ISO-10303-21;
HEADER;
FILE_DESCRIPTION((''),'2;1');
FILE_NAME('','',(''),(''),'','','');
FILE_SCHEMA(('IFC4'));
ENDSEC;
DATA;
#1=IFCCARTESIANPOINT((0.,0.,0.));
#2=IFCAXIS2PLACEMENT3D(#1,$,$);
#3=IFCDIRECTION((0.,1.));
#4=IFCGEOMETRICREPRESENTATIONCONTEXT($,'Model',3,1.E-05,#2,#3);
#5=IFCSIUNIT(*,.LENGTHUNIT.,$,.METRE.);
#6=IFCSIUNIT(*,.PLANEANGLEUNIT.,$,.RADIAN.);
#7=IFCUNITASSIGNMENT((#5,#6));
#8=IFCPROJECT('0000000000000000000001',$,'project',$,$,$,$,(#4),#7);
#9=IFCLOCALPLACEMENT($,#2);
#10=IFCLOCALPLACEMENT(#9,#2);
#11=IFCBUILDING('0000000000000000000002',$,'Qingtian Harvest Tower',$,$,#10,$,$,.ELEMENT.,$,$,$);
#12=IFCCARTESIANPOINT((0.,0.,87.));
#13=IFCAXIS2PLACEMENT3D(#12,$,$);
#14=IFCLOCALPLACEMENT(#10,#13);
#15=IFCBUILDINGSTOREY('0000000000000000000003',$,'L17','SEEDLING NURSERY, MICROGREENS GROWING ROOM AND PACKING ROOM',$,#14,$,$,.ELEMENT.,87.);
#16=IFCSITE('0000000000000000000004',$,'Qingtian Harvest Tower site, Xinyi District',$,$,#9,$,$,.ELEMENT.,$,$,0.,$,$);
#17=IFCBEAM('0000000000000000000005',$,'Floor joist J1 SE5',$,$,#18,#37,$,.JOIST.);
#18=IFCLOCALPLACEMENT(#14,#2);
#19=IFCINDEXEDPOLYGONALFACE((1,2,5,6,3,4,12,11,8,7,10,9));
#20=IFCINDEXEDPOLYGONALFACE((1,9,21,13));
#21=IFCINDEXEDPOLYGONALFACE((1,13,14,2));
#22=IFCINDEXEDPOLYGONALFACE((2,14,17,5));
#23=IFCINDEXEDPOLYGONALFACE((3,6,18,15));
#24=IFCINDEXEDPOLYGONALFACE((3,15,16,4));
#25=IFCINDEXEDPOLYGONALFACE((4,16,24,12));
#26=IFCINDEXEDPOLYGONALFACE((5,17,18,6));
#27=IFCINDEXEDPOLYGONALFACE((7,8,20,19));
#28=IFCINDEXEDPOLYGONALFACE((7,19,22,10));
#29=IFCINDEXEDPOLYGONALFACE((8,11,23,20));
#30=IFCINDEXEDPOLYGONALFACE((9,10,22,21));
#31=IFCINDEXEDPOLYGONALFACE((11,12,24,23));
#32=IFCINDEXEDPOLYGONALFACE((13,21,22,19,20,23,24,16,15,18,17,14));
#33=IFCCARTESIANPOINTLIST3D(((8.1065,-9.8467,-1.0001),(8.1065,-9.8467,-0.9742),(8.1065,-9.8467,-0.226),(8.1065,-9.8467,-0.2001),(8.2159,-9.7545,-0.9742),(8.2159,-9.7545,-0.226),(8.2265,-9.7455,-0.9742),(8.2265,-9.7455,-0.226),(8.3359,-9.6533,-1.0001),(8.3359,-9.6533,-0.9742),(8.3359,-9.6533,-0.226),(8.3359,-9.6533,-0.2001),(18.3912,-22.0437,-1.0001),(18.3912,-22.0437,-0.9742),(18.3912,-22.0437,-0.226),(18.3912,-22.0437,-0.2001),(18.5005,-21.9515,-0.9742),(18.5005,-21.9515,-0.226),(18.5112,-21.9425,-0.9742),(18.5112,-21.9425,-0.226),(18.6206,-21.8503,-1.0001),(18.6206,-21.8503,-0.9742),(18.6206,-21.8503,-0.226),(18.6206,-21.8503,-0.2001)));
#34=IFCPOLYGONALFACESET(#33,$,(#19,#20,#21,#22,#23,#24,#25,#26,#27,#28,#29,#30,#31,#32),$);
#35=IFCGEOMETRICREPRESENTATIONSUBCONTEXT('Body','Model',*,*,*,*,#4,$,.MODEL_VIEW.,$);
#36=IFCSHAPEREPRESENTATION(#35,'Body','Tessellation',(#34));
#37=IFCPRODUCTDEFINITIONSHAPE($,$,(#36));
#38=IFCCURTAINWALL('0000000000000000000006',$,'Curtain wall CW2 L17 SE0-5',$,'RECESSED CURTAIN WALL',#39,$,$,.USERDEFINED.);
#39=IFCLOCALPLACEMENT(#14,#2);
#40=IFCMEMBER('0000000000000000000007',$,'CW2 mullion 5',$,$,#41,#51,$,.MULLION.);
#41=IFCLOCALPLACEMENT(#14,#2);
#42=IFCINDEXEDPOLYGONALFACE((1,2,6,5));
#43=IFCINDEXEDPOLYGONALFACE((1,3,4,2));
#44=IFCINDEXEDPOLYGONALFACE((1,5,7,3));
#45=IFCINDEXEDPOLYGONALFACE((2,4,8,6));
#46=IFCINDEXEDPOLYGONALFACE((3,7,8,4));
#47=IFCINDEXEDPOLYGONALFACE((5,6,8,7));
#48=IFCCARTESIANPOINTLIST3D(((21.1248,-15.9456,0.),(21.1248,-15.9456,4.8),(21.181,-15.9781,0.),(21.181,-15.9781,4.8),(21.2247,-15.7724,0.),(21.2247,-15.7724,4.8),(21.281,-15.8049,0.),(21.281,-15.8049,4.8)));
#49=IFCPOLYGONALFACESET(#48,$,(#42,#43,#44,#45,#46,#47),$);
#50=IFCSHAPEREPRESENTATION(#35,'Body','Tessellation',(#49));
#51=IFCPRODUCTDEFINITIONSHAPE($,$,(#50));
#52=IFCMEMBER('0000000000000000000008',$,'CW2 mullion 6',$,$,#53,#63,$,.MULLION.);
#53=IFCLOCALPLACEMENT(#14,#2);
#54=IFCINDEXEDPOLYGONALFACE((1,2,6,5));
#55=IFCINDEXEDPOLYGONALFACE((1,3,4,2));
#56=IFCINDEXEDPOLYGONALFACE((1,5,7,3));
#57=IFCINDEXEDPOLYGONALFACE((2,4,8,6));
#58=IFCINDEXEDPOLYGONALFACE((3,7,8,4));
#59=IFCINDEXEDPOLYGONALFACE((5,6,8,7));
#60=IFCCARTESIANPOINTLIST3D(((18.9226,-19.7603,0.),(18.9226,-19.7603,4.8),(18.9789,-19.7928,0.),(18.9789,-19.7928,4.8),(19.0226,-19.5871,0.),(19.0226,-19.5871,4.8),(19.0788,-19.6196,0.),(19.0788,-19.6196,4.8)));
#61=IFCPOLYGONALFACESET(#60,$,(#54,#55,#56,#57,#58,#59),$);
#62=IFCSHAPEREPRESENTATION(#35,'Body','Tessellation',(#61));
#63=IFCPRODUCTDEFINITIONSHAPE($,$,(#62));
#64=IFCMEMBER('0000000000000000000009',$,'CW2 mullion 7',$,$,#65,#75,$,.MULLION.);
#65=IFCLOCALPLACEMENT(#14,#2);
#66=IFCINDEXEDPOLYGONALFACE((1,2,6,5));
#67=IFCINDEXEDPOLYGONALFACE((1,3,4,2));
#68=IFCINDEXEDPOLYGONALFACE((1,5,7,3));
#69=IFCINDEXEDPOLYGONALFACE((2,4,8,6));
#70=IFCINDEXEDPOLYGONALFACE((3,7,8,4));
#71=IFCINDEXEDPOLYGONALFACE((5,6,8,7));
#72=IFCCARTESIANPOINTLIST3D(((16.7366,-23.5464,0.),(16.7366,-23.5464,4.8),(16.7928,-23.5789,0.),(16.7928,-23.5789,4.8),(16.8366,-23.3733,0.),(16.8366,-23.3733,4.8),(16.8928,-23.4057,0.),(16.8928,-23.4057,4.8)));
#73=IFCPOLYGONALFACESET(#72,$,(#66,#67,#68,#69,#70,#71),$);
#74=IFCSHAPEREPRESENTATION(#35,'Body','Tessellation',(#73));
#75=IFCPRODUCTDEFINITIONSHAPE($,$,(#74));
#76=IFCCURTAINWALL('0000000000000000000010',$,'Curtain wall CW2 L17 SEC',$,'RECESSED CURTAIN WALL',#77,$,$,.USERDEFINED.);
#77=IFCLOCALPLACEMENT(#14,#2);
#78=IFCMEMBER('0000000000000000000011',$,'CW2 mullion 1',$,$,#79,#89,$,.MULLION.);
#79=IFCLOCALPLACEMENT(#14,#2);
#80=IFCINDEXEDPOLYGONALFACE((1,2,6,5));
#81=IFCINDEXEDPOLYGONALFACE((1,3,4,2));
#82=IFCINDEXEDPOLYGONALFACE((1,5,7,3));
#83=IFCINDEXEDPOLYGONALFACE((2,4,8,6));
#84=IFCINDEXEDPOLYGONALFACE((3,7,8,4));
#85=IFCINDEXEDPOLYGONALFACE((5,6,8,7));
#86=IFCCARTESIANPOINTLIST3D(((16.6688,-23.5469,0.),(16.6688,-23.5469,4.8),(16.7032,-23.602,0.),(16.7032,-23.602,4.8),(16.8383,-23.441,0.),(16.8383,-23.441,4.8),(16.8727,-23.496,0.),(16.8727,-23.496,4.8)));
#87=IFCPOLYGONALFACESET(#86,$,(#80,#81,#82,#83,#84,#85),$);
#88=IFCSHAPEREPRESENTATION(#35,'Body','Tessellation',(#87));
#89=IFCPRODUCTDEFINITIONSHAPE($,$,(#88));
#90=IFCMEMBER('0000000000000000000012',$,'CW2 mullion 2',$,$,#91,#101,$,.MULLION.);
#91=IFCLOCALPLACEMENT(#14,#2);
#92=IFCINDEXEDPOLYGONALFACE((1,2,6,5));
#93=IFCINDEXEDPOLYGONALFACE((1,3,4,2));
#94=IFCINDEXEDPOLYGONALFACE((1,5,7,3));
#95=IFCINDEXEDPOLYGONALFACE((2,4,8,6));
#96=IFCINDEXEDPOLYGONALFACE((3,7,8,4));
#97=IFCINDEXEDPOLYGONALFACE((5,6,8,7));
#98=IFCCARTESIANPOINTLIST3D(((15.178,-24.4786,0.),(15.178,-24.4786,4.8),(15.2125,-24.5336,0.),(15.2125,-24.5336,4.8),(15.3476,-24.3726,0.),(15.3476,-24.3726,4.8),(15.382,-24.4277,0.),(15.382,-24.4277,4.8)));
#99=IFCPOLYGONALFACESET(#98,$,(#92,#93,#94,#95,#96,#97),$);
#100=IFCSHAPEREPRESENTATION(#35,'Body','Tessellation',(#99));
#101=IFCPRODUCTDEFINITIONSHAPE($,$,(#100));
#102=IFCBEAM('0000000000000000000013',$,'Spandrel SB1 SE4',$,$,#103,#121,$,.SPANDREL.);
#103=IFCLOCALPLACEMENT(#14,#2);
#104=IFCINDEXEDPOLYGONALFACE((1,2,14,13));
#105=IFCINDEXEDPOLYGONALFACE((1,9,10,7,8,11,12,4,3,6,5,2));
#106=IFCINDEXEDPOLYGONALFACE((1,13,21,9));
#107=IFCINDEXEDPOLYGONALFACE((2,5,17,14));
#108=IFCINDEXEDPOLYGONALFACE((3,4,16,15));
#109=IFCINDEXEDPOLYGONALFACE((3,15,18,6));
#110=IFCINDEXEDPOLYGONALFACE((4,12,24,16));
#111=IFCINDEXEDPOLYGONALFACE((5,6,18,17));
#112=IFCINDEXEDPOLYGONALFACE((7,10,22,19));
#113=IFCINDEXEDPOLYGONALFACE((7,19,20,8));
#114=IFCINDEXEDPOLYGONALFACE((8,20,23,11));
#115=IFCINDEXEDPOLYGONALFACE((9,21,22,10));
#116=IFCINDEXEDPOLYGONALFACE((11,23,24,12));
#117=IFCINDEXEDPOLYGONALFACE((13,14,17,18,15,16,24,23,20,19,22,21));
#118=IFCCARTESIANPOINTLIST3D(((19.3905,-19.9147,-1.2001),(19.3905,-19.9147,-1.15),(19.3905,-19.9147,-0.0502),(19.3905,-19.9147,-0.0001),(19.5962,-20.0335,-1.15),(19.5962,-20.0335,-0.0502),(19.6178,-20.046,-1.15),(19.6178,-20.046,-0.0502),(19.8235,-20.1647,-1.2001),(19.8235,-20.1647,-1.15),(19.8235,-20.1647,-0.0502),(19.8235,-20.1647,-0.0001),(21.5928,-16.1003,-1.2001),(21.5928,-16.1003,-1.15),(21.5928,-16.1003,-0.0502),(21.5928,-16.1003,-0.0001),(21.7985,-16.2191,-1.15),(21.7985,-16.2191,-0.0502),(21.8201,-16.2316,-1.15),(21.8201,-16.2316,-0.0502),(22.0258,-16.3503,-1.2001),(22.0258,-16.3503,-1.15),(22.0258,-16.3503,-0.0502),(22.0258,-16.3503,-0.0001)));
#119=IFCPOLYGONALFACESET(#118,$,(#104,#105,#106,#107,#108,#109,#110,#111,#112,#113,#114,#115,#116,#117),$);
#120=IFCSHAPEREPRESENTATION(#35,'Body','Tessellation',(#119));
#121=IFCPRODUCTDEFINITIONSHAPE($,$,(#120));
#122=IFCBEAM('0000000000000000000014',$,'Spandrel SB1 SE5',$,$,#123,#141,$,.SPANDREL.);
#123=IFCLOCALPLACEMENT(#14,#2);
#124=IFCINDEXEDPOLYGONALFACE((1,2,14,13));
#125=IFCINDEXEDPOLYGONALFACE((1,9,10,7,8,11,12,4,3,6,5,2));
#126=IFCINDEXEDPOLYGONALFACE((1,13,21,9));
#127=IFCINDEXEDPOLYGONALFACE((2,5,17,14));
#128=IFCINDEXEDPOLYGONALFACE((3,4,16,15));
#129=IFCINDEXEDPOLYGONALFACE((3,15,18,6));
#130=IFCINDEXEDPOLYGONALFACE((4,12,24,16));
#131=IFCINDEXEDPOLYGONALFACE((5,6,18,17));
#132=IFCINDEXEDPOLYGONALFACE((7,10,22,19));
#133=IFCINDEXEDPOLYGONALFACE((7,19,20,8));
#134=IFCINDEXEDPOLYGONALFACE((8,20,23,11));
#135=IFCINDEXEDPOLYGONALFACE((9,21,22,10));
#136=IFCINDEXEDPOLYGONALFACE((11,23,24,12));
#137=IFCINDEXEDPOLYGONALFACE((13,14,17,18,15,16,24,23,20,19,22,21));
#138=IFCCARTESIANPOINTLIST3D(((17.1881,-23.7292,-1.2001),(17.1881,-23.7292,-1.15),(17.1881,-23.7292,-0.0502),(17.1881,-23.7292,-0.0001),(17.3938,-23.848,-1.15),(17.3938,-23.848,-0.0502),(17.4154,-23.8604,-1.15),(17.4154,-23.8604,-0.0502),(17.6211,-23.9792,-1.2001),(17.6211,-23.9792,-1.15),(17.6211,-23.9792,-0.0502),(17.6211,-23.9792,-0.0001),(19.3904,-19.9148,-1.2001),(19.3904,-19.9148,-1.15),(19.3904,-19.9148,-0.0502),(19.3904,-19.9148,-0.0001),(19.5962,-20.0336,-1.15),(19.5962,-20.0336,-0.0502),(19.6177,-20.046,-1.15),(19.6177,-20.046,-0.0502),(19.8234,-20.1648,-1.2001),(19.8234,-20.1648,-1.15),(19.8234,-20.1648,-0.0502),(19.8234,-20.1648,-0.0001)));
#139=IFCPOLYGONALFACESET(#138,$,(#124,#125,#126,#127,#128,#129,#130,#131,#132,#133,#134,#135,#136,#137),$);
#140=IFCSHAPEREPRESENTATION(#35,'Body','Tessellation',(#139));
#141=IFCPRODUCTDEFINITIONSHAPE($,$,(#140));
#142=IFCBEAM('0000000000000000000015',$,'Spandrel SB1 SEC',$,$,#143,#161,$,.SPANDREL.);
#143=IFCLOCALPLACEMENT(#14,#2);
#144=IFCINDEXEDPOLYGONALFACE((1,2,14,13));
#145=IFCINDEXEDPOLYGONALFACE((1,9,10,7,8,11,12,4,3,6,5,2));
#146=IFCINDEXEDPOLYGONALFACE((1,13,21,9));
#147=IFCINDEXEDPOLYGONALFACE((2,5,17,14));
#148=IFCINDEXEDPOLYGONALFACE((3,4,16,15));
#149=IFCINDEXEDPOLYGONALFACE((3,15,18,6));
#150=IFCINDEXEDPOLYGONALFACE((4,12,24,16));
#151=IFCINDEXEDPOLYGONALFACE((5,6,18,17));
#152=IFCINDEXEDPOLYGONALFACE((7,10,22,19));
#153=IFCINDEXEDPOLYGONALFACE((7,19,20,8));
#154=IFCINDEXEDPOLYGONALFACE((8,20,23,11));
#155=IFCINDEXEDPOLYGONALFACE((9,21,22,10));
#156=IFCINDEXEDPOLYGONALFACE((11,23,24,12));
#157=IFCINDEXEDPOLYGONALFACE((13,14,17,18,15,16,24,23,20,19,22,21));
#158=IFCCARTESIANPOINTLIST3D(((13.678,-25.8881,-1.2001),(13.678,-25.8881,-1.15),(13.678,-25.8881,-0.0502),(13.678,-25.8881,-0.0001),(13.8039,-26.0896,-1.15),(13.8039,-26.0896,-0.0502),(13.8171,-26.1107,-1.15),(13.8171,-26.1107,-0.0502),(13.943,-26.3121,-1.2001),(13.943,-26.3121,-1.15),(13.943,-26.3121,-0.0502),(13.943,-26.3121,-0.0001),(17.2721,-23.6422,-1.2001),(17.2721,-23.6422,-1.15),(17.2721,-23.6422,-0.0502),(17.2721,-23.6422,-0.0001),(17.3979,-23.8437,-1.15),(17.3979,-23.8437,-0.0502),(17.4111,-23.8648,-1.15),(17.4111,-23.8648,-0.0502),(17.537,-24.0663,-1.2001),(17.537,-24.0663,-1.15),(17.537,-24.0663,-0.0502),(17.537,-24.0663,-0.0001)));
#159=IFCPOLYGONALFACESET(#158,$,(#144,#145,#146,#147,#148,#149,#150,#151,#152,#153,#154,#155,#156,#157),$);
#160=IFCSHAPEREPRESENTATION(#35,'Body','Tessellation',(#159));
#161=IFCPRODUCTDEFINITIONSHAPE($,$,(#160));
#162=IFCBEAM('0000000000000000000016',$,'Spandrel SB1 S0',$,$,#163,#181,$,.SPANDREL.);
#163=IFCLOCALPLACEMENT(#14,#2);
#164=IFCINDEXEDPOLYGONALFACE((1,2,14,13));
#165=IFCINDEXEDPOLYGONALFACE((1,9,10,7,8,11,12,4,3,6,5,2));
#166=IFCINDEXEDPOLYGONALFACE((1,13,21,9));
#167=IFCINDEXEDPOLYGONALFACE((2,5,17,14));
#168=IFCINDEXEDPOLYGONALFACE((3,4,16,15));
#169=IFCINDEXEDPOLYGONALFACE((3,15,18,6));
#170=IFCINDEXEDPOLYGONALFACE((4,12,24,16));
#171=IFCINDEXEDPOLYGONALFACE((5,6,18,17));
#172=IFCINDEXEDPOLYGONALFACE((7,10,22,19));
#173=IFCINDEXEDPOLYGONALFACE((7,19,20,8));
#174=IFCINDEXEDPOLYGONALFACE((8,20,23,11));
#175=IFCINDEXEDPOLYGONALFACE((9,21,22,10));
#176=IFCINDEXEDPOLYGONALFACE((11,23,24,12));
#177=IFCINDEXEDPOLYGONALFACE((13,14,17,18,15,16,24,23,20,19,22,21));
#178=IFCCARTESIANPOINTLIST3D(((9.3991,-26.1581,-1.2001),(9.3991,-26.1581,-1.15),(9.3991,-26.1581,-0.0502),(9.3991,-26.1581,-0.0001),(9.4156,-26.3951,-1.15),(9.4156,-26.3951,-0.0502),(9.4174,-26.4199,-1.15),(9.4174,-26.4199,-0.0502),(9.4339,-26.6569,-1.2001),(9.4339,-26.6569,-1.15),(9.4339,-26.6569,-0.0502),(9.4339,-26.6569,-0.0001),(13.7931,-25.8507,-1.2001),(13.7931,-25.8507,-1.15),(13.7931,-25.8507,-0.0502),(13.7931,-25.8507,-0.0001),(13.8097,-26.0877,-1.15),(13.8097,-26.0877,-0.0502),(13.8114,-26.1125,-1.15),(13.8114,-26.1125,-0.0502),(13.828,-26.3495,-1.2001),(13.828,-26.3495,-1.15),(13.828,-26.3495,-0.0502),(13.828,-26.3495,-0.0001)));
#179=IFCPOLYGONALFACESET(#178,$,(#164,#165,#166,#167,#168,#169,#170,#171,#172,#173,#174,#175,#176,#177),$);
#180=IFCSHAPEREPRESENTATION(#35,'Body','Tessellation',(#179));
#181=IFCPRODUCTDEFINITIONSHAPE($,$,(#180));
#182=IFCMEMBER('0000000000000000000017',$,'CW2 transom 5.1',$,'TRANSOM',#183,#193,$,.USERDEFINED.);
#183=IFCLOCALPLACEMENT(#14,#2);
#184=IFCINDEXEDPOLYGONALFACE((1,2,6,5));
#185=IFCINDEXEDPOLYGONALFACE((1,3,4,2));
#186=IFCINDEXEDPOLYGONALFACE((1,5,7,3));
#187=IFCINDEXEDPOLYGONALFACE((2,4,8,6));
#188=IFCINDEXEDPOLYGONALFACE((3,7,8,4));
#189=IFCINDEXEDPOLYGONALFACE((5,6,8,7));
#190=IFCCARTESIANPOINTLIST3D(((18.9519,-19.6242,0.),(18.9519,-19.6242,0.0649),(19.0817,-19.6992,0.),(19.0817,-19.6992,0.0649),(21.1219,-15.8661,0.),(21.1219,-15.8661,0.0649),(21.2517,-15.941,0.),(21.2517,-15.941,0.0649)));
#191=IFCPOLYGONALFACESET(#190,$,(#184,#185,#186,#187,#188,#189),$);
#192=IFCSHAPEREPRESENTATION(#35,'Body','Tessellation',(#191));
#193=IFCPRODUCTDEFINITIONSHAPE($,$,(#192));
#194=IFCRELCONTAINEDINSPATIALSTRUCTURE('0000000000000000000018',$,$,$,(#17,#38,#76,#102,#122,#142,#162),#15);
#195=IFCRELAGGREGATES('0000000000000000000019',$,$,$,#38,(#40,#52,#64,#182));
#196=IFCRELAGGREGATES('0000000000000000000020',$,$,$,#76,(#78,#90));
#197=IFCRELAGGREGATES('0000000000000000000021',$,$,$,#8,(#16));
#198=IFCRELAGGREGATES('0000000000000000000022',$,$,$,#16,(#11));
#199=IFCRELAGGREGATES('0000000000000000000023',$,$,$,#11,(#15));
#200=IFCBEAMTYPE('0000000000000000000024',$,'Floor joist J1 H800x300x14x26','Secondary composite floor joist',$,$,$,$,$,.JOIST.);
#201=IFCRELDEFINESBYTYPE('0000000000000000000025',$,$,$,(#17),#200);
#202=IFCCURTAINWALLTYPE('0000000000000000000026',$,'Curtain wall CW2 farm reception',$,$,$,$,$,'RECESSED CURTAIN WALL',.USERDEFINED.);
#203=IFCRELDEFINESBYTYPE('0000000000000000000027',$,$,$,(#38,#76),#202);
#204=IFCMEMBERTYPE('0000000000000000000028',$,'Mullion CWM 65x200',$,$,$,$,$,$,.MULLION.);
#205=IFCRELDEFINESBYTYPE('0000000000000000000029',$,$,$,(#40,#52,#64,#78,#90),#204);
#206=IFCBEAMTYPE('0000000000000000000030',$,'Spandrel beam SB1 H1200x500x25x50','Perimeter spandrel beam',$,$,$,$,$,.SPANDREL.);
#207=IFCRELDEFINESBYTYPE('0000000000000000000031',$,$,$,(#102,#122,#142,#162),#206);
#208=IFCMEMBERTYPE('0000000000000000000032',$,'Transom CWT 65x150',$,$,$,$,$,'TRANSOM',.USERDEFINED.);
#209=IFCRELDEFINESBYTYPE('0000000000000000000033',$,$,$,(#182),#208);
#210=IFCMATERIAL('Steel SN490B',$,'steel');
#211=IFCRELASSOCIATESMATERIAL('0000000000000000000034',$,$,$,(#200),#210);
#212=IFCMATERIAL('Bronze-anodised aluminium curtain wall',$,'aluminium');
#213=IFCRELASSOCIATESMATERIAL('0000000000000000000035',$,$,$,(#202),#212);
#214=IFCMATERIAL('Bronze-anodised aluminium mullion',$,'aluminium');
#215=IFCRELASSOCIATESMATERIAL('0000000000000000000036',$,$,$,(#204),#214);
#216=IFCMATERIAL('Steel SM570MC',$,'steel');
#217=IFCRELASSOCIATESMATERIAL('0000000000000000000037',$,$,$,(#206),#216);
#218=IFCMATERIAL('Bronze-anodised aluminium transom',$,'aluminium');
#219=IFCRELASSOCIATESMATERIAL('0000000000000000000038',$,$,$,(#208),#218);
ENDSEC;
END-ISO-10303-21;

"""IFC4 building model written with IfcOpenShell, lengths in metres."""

from ifc_helpers import new_model, si_unit, direction, frame, origin, origin_2d, place, context, subcontext, project, spatial, rectangle, i_section, extrude, material, material_profile, profile_set, type_object, element, aggregate, save


model = new_model("IFC4")

# Units and contexts
model_context = context("Model", 3, precision=1e-05, world=origin(), true_north=direction((0.0, 1.0)))
body_context = subcontext(model_context, "Body", "Model", "MODEL_VIEW")
ifc_project = project(units=[si_unit("LENGTHUNIT", "METRE"), si_unit("PLANEANGLEUNIT", "RADIAN")], contexts=[model_context])

# Site, building, storey
site_placement = place(None, origin())
site = spatial("IfcSite", under=ifc_project, at=site_placement, Name="Qingtian Harvest Tower site, Xinyi District", CompositionType="ELEMENT", RefElevation=0.0)
building_placement = place(site_placement, origin())
building = spatial("IfcBuilding", under=site, at=building_placement, Name="Qingtian Harvest Tower", CompositionType="ELEMENT")
storey_placement = place(building_placement, frame((0.0, 0.0, 87.0)))
storey = spatial("IfcBuildingStorey", under=building, at=storey_placement, Name="L17", Description="SEEDLING NURSERY, MICROGREENS GROWING ROOM AND PACKING ROOM", CompositionType="ELEMENT", Elevation=87.0)

# Beam
ifc_material_1 = material(Name="Steel SN490B", Category="steel")
ifc_material_profile_1 = material_profile(ifc_material_1, i_section(OverallWidth=0.3, OverallDepth=0.8, WebThickness=0.0139, FlangeThickness=0.0259, at=origin_2d()), Name="H800x300x14x26")
ifc_profile_set_1 = profile_set([ifc_material_profile_1], Name="Steel SN490B")
beam_type_1 = type_object("IfcBeamType", Name="Floor joist J1 H800x300x14x26", Description="Secondary composite floor joist", PredefinedType="JOIST", material=ifc_profile_set_1)
beam_1_placement = place(storey_placement, frame((18.5059, -21.947, -0.6001), z_axis=(-0.64463, 0.764494, 0.0), x_axis=(-0.764494, -0.64463, 0.0)))
element("IfcBeam", 1, at=beam_1_placement, inside=storey, type_object=beam_type_1, Name="Floor joist J1 SE5", PredefinedType="JOIST", context=body_context, shape_type="SweptSolid", body=[
    extrude(i_section(OverallWidth=0.3, OverallDepth=0.8, WebThickness=0.0139, FlangeThickness=0.0259, at=origin_2d()), origin(), (0.0, 0.0, 1.0), 15.9543),
])

# Curtain walls, members
ifc_material_2 = material(Name="Bronze-anodised aluminium curtain wall", Category="aluminium")
curtain_wall_type = type_object("IfcCurtainWallType", Name="Curtain wall CW2 farm reception", ElementType="RECESSED CURTAIN WALL", PredefinedType="USERDEFINED", material=ifc_material_2)
curtain_wall_1_placement = place(storey_placement, origin())
curtain_wall_1 = element("IfcCurtainWall", 2, at=curtain_wall_1_placement, inside=storey, type_object=curtain_wall_type, Name="Curtain wall CW2 L17 SE0-5", ObjectType="RECESSED CURTAIN WALL", PredefinedType="USERDEFINED")
ifc_material_3 = material(Name="Bronze-anodised aluminium mullion", Category="aluminium")
ifc_material_profile_2 = material_profile(ifc_material_3, rectangle(XDim=0.0649, YDim=0.2, at=origin_2d()), Name="AL 65x200")
ifc_profile_set_2 = profile_set([ifc_material_profile_2], Name="Bronze-anodised aluminium mullion")
member_type_1 = type_object("IfcMemberType", Name="Mullion CWM 65x200", PredefinedType="MULLION", material=ifc_profile_set_2)
member_1_placement = place(storey_placement, frame((21.2029, -15.8752, 0.0), z_axis=(0.0, 0.0, 1.0), x_axis=(0.866025, -0.5, 0.0)))
member_1 = element("IfcMember", 3, at=member_1_placement, type_object=member_type_1, Name="CW2 mullion 5", PredefinedType="MULLION", context=body_context, shape_type="SweptSolid", body=[
    extrude(rectangle(XDim=0.0649, YDim=0.2, at=origin_2d()), origin(), (0.0, 0.0, 1.0), 4.8),
])
member_2_placement = place(storey_placement, frame((19.0007, -19.6899, 0.0), z_axis=(0.0, 0.0, 1.0), x_axis=(0.866025, -0.5, 0.0)))
member_2 = element("IfcMember", 4, at=member_2_placement, type_object=member_type_1, Name="CW2 mullion 6", PredefinedType="MULLION", context=body_context, shape_type="SweptSolid", body=[
    extrude(rectangle(XDim=0.0649, YDim=0.2, at=origin_2d()), origin(), (0.0, 0.0, 1.0), 4.8),
])
member_3_placement = place(storey_placement, frame((16.8147, -23.4761, 0.0), z_axis=(0.0, 0.0, 1.0), x_axis=(0.866025, -0.5, 0.0)))
member_3 = element("IfcMember", 5, at=member_3_placement, type_object=member_type_1, Name="CW2 mullion 7", PredefinedType="MULLION", context=body_context, shape_type="SweptSolid", body=[
    extrude(rectangle(XDim=0.0649, YDim=0.2, at=origin_2d()), origin(), (0.0, 0.0, 1.0), 4.8),
])
curtain_wall_2_placement = place(storey_placement, origin())
curtain_wall_2 = element("IfcCurtainWall", 6, at=curtain_wall_2_placement, inside=storey, type_object=curtain_wall_type, Name="Curtain wall CW2 L17 SEC", ObjectType="RECESSED CURTAIN WALL", PredefinedType="USERDEFINED")
member_4_placement = place(storey_placement, frame((16.7708, -23.5215, 0.0), z_axis=(0.0, 0.0, 1.0), x_axis=(0.529919, -0.848048, 0.0)))
member_4 = element("IfcMember", 7, at=member_4_placement, type_object=member_type_1, Name="CW2 mullion 1", PredefinedType="MULLION", context=body_context, shape_type="SweptSolid", body=[
    extrude(rectangle(XDim=0.0649, YDim=0.2, at=origin_2d()), origin(), (0.0, 0.0, 1.0), 4.8),
])
member_5_placement = place(storey_placement, frame((15.28, -24.4531, 0.0), z_axis=(0.0, 0.0, 1.0), x_axis=(0.529919, -0.848048, 0.0)))
member_5 = element("IfcMember", 8, at=member_5_placement, type_object=member_type_1, Name="CW2 mullion 2", PredefinedType="MULLION", context=body_context, shape_type="SweptSolid", body=[
    extrude(rectangle(XDim=0.0649, YDim=0.2, at=origin_2d()), origin(), (0.0, 0.0, 1.0), 4.8),
])

# Beams
ifc_material_4 = material(Name="Steel SM570MC", Category="steel")
ifc_material_profile_3 = material_profile(ifc_material_4, i_section(OverallWidth=0.5, OverallDepth=1.2, WebThickness=0.0249, FlangeThickness=0.05, at=origin_2d()), Name="H1200x500x25x50")
ifc_profile_set_3 = profile_set([ifc_material_profile_3], Name="Steel SM570MC")
beam_type_2 = type_object("IfcBeamType", Name="Spandrel beam SB1 H1200x500x25x50", Description="Perimeter spandrel beam", PredefinedType="SPANDREL", material=ifc_profile_set_3)
for number, where, z_axis, x_axis, name in (
    (9, (21.8093, -16.2253, -0.6001), (-0.50002, -0.866014, 0.0), (0.866014, -0.50002, 0.0), "Spandrel SB1 SE4"),
    (10, (19.6069, -20.0398, -0.6001), (-0.50002, -0.866014, 0.0), (0.866014, -0.50002, 0.0), "Spandrel SB1 SE5"),
):
    element("IfcBeam", number, at=place(storey_placement, frame(where, z_axis=z_axis, x_axis=x_axis)), inside=storey, type_object=beam_type_2, Name=name, PredefinedType="SPANDREL", context=body_context, shape_type="SweptSolid", body=[
        extrude(i_section(OverallWidth=0.5, OverallDepth=1.2, WebThickness=0.0249, FlangeThickness=0.05, at=origin_2d()), origin(), (0.0, 0.0, 1.0), 4.4045),
    ])
beam_2_placement = place(storey_placement, frame((17.4045, -23.8542, -0.6001), z_axis=(-0.84804, -0.529932, 0.0), x_axis=(0.529932, -0.84804, 0.0)))
element("IfcBeam", 11, at=beam_2_placement, inside=storey, type_object=beam_type_2, Name="Spandrel SB1 SEC", PredefinedType="SPANDREL", context=body_context, shape_type="SweptSolid", body=[
    extrude(i_section(OverallWidth=0.5, OverallDepth=1.2, WebThickness=0.0249, FlangeThickness=0.05, at=origin_2d()), origin(), (0.0, 0.0, 1.0), 4.238),
])
beam_3_placement = place(storey_placement, frame((13.8105, -26.1001, -0.6001), z_axis=(-0.997562, -0.069782, 0.0), x_axis=(0.069782, -0.997562, 0.0)))
element("IfcBeam", 12, at=beam_3_placement, inside=storey, type_object=beam_type_2, Name="Spandrel SB1 S0", PredefinedType="SPANDREL", context=body_context, shape_type="SweptSolid", body=[
    extrude(i_section(OverallWidth=0.5, OverallDepth=1.2, WebThickness=0.0249, FlangeThickness=0.05, at=origin_2d()), origin(), (0.0, 0.0, 1.0), 4.4048),
])

# Member
ifc_material_5 = material(Name="Bronze-anodised aluminium transom", Category="aluminium")
ifc_material_profile_4 = material_profile(ifc_material_5, rectangle(XDim=0.1499, YDim=0.0649, at=origin_2d()), Name="AL 65x150")
ifc_profile_set_4 = profile_set([ifc_material_profile_4], Name="Bronze-anodised aluminium transom")
member_type_2 = type_object("IfcMemberType", Name="Transom CWT 65x150", ElementType="TRANSOM", PredefinedType="USERDEFINED", material=ifc_profile_set_4)
member_6_placement = place(storey_placement, frame((21.1868, -15.9036, 0.0325), z_axis=(-0.500036, -0.866005, 0.0), x_axis=(0.866005, -0.500036, 0.0)))
member_6 = element("IfcMember", 13, at=member_6_placement, type_object=member_type_2, Name="CW2 transom 5.1", ObjectType="TRANSOM", PredefinedType="USERDEFINED", context=body_context, shape_type="SweptSolid", body=[
    extrude(rectangle(XDim=0.1499, YDim=0.0649, at=origin_2d()), origin(), (0.0, 0.0, 1.0), 4.3396),
])

aggregate(curtain_wall_1, [member_1, member_2, member_3, member_6])
aggregate(curtain_wall_2, [member_4, member_5])

save(model, "model.ifc")
